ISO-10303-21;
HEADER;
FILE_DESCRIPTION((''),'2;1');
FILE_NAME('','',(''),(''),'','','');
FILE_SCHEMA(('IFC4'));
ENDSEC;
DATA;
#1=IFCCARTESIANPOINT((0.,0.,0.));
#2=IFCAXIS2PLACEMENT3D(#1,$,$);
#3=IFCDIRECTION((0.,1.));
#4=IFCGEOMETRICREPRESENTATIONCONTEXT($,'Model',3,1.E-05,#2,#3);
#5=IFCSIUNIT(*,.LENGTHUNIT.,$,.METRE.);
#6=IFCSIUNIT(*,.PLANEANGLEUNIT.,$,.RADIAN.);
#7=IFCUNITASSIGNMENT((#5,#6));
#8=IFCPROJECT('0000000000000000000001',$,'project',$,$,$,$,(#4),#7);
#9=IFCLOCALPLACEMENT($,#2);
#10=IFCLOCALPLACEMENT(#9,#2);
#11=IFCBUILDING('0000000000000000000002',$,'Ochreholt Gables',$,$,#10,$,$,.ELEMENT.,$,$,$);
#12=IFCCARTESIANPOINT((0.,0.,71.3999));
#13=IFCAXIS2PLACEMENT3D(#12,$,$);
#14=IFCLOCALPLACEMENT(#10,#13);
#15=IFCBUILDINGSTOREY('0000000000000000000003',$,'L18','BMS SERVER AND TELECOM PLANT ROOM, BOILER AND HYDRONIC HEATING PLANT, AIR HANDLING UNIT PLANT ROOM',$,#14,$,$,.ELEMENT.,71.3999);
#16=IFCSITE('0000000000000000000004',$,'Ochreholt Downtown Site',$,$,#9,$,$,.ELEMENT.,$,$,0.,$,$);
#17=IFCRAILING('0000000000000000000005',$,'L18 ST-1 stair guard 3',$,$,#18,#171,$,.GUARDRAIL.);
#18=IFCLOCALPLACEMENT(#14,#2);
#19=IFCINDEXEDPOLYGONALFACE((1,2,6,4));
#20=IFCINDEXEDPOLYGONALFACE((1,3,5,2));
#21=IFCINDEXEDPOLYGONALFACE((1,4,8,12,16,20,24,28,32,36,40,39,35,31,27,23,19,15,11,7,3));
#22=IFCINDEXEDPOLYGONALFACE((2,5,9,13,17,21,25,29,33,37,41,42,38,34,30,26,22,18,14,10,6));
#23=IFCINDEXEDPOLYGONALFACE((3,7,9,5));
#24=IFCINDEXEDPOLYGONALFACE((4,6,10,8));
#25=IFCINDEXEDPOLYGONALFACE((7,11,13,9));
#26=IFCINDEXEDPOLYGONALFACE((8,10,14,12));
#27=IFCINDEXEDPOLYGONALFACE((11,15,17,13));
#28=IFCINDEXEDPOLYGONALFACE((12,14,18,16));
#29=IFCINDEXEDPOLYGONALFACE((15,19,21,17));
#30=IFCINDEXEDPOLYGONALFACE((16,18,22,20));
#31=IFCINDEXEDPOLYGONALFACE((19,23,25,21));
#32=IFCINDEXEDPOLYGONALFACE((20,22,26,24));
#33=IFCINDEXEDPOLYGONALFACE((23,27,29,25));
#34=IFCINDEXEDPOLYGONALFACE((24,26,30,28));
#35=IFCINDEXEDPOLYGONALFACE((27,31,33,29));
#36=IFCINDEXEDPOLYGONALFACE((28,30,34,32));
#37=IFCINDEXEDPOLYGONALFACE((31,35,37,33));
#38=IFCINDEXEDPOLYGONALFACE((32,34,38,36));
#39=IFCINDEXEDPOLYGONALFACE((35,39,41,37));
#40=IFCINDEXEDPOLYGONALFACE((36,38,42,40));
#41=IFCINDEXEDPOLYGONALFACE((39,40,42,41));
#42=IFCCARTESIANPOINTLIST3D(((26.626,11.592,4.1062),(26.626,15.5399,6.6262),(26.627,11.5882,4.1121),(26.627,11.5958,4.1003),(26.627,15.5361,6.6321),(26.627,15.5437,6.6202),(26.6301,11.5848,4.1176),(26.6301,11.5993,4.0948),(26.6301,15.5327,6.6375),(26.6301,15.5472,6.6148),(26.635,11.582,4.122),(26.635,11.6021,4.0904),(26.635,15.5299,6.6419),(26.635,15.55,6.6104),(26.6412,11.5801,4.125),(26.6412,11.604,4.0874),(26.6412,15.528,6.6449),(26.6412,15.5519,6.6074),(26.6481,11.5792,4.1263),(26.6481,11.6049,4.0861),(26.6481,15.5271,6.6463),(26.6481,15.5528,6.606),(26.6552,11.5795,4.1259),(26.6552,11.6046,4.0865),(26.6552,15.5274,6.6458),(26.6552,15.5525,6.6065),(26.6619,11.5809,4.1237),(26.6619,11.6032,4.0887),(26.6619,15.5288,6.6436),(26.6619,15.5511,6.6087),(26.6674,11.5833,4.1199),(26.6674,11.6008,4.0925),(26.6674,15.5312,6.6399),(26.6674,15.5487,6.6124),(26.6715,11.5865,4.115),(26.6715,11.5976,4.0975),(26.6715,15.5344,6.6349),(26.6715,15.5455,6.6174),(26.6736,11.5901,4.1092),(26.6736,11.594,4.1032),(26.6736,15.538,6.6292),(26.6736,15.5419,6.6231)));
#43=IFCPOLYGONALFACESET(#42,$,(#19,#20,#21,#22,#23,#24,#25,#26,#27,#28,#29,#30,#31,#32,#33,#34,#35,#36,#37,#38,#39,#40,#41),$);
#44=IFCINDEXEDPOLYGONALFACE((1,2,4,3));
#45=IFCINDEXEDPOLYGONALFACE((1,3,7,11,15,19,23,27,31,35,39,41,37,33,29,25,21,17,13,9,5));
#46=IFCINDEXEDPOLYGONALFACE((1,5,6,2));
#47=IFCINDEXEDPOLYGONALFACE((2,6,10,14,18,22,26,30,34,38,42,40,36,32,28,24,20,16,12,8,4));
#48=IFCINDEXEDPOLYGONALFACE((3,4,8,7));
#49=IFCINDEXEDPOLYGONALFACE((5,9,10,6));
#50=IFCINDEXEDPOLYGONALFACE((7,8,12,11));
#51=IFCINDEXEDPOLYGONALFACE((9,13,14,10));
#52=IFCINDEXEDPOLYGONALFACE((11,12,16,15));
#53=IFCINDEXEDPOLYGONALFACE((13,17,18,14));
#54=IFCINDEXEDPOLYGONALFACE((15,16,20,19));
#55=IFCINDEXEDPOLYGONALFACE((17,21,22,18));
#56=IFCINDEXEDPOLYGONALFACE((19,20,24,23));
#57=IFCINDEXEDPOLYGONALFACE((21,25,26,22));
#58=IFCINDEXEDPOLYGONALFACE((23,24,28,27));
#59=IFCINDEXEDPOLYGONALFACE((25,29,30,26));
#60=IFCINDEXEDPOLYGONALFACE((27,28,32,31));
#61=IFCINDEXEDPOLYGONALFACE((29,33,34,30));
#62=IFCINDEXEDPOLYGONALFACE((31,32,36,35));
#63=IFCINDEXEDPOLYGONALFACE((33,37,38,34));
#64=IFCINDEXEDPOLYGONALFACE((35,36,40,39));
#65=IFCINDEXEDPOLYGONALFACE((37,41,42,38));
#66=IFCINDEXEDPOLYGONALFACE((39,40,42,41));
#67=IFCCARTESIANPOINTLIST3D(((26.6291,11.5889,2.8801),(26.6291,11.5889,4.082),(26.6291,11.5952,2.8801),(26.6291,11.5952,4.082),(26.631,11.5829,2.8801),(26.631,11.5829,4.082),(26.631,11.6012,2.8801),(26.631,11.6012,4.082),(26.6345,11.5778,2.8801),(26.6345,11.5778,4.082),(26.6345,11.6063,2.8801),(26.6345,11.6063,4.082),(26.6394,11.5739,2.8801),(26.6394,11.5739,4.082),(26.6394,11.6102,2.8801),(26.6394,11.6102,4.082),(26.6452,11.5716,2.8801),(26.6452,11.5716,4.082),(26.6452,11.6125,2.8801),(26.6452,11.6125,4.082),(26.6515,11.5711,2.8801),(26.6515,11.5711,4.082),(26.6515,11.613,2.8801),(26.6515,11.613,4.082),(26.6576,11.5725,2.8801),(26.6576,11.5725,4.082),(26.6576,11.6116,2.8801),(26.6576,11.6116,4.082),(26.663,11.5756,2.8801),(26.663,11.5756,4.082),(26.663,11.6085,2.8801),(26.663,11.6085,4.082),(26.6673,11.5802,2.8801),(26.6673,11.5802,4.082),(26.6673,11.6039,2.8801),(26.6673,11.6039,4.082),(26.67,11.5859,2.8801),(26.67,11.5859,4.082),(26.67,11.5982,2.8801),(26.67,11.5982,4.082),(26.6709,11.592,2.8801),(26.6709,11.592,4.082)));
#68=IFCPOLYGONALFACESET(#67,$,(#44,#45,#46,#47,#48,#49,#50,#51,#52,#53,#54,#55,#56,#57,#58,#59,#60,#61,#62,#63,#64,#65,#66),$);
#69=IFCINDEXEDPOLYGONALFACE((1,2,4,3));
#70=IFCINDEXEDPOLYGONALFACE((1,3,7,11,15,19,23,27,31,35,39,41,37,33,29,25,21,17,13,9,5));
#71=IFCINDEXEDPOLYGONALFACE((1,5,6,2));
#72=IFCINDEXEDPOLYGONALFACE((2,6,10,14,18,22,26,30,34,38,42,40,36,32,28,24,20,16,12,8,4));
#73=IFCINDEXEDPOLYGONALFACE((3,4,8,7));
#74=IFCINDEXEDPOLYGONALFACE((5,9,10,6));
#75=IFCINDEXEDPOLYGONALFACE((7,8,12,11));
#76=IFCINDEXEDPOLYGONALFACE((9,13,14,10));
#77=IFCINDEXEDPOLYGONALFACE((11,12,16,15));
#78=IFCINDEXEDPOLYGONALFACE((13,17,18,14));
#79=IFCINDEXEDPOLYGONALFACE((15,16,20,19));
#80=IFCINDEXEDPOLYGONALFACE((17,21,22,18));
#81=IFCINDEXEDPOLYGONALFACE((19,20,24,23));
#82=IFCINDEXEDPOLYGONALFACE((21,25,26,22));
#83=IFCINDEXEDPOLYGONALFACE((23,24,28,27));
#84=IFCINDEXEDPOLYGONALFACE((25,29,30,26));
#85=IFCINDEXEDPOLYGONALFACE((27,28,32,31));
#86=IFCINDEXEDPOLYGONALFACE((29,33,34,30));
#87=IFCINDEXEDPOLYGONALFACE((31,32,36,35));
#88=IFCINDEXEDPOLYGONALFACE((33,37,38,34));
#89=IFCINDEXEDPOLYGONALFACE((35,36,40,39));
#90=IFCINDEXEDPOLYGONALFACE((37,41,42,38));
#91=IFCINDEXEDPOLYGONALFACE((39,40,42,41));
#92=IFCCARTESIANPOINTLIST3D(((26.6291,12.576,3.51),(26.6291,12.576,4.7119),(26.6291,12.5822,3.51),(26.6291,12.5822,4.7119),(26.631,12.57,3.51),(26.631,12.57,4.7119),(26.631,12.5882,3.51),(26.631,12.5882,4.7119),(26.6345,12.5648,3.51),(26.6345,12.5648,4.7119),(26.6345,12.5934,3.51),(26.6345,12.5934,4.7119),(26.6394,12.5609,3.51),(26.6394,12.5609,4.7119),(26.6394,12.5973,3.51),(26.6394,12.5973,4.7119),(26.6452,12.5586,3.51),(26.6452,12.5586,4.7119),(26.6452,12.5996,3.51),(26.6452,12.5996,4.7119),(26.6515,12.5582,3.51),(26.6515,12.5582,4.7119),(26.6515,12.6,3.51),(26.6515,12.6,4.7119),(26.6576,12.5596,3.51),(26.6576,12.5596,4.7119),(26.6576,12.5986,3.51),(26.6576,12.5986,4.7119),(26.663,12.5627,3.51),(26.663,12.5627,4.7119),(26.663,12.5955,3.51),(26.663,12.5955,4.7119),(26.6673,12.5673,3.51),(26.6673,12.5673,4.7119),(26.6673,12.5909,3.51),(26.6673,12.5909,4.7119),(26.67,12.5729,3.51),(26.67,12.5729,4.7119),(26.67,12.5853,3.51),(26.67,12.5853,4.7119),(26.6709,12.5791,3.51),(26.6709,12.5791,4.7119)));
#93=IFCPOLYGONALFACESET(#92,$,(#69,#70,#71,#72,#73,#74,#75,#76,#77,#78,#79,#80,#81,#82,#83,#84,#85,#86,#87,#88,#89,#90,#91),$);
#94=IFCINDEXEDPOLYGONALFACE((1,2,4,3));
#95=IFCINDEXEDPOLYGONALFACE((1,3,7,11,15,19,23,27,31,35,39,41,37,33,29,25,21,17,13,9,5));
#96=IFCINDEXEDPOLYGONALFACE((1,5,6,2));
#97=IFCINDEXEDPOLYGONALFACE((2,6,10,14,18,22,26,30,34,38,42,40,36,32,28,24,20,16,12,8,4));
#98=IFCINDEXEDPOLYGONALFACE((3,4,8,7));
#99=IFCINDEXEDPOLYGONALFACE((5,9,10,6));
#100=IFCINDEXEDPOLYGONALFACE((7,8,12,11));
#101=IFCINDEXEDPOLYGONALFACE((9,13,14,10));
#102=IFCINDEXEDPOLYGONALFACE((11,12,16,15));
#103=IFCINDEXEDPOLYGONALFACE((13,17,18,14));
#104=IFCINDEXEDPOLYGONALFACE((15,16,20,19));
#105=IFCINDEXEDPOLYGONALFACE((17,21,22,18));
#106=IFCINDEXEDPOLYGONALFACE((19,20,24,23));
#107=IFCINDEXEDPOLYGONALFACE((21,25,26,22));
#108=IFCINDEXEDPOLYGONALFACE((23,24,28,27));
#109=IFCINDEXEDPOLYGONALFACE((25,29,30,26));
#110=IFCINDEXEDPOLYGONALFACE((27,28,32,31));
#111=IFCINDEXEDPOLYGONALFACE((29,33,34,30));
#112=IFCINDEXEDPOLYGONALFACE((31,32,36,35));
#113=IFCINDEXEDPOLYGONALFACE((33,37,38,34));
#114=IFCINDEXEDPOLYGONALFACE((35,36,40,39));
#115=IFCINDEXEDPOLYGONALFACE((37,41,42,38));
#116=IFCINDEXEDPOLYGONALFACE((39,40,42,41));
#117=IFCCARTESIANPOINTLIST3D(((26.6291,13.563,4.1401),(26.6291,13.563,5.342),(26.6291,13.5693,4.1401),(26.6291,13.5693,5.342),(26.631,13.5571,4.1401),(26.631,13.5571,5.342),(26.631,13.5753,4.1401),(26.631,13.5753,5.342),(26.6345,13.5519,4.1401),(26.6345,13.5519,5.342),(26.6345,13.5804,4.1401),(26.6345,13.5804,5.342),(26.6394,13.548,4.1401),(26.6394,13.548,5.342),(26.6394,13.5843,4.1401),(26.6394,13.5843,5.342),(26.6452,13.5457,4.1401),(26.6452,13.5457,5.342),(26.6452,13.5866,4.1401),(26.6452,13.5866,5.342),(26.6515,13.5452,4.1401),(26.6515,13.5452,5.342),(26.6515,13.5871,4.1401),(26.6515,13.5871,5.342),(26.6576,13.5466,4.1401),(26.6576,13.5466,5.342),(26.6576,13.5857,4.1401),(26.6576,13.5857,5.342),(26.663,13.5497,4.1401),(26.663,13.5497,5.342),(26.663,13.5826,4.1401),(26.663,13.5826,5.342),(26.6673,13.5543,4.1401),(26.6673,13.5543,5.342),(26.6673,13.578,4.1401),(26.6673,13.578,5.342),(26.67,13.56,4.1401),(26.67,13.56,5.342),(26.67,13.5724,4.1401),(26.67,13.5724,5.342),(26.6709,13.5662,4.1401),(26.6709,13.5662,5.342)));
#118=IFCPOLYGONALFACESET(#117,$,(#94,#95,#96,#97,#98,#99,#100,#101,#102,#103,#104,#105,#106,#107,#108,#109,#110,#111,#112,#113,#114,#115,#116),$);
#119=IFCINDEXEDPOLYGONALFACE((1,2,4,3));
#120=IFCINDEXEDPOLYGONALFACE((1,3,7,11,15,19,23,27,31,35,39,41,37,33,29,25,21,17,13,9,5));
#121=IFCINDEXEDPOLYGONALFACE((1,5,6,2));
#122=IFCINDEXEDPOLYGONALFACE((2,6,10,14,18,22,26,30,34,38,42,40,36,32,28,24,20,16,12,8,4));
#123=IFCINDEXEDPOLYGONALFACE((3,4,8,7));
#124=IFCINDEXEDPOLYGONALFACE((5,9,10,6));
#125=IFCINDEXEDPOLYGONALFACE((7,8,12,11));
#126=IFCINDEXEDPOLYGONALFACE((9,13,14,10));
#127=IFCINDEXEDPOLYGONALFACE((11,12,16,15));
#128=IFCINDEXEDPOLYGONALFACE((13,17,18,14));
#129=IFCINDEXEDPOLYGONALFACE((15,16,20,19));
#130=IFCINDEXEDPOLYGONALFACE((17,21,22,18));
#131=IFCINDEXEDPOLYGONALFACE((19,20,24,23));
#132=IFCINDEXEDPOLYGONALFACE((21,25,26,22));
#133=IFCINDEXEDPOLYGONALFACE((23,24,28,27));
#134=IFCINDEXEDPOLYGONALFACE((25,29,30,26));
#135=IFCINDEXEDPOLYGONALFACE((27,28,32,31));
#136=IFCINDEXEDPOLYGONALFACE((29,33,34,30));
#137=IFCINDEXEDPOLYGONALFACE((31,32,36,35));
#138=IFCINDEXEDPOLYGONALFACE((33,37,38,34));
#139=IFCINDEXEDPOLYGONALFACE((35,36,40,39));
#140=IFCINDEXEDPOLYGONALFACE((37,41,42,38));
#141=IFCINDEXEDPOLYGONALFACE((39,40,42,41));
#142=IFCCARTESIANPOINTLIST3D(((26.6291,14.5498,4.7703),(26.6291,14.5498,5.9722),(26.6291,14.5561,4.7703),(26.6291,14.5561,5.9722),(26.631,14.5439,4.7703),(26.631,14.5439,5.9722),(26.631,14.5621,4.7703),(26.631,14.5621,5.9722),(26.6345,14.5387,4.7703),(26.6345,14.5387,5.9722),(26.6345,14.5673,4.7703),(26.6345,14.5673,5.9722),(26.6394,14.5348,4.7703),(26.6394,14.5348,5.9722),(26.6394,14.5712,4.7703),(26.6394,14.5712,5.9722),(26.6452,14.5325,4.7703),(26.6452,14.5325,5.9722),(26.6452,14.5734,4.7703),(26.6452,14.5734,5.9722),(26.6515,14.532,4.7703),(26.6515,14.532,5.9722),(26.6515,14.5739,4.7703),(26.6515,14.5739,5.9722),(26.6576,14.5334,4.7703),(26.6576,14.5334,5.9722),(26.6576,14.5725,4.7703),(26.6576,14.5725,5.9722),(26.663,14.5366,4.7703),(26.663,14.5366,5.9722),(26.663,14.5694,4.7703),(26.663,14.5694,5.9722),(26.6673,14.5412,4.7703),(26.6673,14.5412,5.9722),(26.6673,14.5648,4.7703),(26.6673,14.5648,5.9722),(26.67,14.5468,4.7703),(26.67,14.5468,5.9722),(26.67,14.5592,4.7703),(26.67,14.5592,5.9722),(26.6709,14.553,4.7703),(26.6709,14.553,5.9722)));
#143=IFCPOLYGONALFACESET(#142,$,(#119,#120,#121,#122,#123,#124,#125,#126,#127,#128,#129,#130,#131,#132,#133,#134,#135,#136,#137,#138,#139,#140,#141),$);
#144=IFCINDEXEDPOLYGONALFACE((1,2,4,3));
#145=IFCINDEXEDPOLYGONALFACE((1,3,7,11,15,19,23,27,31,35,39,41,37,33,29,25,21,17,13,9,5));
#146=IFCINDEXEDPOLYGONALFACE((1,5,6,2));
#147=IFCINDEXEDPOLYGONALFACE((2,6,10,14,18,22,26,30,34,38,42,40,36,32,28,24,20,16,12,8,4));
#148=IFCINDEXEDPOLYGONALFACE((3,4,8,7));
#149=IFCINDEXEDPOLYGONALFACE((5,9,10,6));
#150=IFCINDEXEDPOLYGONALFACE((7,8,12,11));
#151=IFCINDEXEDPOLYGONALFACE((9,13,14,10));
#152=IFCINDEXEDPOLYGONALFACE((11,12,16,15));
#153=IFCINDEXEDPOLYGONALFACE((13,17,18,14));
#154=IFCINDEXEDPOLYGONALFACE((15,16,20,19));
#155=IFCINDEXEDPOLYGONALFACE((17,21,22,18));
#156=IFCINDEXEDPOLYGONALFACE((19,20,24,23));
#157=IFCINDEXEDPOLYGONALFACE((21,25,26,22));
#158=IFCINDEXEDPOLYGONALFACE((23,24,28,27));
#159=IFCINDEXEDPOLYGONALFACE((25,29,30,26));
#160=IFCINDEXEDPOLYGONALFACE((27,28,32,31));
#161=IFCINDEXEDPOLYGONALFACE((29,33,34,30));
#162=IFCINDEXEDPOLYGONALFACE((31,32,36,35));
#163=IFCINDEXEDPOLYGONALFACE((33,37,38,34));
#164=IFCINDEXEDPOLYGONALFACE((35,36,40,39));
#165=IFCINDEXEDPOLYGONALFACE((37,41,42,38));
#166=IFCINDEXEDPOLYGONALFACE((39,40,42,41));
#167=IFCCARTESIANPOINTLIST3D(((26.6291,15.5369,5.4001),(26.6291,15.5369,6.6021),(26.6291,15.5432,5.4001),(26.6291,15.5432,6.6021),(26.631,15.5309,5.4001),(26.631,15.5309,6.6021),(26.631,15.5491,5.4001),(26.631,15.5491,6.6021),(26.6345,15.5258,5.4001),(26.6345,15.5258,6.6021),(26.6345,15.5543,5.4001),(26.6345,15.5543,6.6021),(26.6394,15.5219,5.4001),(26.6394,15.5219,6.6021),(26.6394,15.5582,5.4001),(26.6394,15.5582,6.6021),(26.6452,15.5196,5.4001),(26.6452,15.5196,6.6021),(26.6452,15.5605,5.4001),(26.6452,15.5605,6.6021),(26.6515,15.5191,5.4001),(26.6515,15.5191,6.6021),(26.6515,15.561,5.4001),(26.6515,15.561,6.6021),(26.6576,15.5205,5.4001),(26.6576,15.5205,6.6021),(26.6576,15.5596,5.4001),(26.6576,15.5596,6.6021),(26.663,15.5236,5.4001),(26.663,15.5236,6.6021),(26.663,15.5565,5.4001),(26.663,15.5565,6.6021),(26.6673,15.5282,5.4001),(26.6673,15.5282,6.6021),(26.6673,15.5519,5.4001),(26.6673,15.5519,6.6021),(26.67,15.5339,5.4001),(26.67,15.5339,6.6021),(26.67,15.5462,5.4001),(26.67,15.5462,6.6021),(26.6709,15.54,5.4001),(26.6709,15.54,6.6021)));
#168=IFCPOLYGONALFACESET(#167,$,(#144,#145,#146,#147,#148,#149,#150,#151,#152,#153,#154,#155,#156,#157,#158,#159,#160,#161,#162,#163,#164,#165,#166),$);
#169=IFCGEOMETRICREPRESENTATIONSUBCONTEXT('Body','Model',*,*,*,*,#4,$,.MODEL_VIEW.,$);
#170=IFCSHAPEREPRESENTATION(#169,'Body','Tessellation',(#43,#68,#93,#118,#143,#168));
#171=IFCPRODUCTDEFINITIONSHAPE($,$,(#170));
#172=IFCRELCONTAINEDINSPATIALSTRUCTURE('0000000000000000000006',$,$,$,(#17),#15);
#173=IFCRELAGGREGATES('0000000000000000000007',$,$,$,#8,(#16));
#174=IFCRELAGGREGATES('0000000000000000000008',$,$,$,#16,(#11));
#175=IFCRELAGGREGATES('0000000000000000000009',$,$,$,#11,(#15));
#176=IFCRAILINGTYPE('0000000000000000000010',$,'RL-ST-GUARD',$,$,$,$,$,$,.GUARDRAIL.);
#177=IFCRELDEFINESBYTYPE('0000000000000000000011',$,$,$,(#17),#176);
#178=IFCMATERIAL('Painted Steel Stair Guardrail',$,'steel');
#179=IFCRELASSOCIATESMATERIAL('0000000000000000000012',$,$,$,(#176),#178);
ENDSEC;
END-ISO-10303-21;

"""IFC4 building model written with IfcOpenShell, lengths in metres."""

from ifc_helpers import new_model, si_unit, direction, frame, origin, origin_2d, place, context, subcontext, project, spatial, circle, extrude, material, type_object, element, save


model = new_model("IFC4")

# Units and contexts
model_context = context("Model", 3, precision=1e-05, world=origin(), true_north=direction((0.0, 1.0)))
body_context = subcontext(model_context, "Body", "Model", "MODEL_VIEW")
ifc_project = project(units=[si_unit("LENGTHUNIT", "METRE"), si_unit("PLANEANGLEUNIT", "RADIAN")], contexts=[model_context])

# Site, building, storey
site_placement = place(None, origin())
site = spatial("IfcSite", under=ifc_project, at=site_placement, Name="Ochreholt Downtown Site", CompositionType="ELEMENT", RefElevation=0.0)
building_placement = place(site_placement, origin())
building = spatial("IfcBuilding", under=site, at=building_placement, Name="Ochreholt Gables", CompositionType="ELEMENT")
storey_placement = place(building_placement, frame((0.0, 0.0, 71.3999)))
storey = spatial("IfcBuildingStorey", under=building, at=storey_placement, Name="L18", Description="BMS SERVER AND TELECOM PLANT ROOM, BOILER AND HYDRONIC HEATING PLANT, AIR HANDLING UNIT PLANT ROOM", CompositionType="ELEMENT", Elevation=71.3999)

# Railing
ifc_material_1 = material(Name="Painted Steel Stair Guardrail", Category="steel")
railing_type_1 = type_object("IfcRailingType", Name="RL-ST-GUARD", PredefinedType="GUARDRAIL", material=ifc_material_1)
railing_1_placement = place(storey_placement, frame((26.6499, 11.592, 2.8801)))
element("IfcRailing", 1, at=railing_1_placement, inside=storey, type_object=railing_type_1, Name="L18 ST-1 stair guard 3", PredefinedType="GUARDRAIL", context=body_context, shape_type="SweptSolid", body=[
    extrude(circle(Radius=0.0239, at=origin_2d()), frame((0.0, 0.0, 1.2261), z_axis=(0.0, 0.84292, 0.538039), x_axis=(-1.0, 0.0, 0.0)), (0.0, 0.0, 1.0), 4.6836),
    extrude(circle(Radius=0.021, at=origin_2d()), origin(), (0.0, 0.0, 1.0), 1.2019),
    extrude(circle(Radius=0.021, at=origin_2d()), frame((0.0, 0.9871, 0.6299)), (0.0, 0.0, 1.0), 1.2019),
    extrude(circle(Radius=0.021, at=origin_2d()), frame((0.0, 1.9741, 1.26)), (0.0, 0.0, 1.0), 1.2019),
    extrude(circle(Radius=0.021, at=origin_2d()), frame((0.0, 2.9609, 1.8901)), (0.0, 0.0, 1.0), 1.2019),
    extrude(circle(Radius=0.021, at=origin_2d()), frame((0.0, 3.948, 2.52)), (0.0, 0.0, 1.0), 1.2019),
])

save(model, "model.ifc")
